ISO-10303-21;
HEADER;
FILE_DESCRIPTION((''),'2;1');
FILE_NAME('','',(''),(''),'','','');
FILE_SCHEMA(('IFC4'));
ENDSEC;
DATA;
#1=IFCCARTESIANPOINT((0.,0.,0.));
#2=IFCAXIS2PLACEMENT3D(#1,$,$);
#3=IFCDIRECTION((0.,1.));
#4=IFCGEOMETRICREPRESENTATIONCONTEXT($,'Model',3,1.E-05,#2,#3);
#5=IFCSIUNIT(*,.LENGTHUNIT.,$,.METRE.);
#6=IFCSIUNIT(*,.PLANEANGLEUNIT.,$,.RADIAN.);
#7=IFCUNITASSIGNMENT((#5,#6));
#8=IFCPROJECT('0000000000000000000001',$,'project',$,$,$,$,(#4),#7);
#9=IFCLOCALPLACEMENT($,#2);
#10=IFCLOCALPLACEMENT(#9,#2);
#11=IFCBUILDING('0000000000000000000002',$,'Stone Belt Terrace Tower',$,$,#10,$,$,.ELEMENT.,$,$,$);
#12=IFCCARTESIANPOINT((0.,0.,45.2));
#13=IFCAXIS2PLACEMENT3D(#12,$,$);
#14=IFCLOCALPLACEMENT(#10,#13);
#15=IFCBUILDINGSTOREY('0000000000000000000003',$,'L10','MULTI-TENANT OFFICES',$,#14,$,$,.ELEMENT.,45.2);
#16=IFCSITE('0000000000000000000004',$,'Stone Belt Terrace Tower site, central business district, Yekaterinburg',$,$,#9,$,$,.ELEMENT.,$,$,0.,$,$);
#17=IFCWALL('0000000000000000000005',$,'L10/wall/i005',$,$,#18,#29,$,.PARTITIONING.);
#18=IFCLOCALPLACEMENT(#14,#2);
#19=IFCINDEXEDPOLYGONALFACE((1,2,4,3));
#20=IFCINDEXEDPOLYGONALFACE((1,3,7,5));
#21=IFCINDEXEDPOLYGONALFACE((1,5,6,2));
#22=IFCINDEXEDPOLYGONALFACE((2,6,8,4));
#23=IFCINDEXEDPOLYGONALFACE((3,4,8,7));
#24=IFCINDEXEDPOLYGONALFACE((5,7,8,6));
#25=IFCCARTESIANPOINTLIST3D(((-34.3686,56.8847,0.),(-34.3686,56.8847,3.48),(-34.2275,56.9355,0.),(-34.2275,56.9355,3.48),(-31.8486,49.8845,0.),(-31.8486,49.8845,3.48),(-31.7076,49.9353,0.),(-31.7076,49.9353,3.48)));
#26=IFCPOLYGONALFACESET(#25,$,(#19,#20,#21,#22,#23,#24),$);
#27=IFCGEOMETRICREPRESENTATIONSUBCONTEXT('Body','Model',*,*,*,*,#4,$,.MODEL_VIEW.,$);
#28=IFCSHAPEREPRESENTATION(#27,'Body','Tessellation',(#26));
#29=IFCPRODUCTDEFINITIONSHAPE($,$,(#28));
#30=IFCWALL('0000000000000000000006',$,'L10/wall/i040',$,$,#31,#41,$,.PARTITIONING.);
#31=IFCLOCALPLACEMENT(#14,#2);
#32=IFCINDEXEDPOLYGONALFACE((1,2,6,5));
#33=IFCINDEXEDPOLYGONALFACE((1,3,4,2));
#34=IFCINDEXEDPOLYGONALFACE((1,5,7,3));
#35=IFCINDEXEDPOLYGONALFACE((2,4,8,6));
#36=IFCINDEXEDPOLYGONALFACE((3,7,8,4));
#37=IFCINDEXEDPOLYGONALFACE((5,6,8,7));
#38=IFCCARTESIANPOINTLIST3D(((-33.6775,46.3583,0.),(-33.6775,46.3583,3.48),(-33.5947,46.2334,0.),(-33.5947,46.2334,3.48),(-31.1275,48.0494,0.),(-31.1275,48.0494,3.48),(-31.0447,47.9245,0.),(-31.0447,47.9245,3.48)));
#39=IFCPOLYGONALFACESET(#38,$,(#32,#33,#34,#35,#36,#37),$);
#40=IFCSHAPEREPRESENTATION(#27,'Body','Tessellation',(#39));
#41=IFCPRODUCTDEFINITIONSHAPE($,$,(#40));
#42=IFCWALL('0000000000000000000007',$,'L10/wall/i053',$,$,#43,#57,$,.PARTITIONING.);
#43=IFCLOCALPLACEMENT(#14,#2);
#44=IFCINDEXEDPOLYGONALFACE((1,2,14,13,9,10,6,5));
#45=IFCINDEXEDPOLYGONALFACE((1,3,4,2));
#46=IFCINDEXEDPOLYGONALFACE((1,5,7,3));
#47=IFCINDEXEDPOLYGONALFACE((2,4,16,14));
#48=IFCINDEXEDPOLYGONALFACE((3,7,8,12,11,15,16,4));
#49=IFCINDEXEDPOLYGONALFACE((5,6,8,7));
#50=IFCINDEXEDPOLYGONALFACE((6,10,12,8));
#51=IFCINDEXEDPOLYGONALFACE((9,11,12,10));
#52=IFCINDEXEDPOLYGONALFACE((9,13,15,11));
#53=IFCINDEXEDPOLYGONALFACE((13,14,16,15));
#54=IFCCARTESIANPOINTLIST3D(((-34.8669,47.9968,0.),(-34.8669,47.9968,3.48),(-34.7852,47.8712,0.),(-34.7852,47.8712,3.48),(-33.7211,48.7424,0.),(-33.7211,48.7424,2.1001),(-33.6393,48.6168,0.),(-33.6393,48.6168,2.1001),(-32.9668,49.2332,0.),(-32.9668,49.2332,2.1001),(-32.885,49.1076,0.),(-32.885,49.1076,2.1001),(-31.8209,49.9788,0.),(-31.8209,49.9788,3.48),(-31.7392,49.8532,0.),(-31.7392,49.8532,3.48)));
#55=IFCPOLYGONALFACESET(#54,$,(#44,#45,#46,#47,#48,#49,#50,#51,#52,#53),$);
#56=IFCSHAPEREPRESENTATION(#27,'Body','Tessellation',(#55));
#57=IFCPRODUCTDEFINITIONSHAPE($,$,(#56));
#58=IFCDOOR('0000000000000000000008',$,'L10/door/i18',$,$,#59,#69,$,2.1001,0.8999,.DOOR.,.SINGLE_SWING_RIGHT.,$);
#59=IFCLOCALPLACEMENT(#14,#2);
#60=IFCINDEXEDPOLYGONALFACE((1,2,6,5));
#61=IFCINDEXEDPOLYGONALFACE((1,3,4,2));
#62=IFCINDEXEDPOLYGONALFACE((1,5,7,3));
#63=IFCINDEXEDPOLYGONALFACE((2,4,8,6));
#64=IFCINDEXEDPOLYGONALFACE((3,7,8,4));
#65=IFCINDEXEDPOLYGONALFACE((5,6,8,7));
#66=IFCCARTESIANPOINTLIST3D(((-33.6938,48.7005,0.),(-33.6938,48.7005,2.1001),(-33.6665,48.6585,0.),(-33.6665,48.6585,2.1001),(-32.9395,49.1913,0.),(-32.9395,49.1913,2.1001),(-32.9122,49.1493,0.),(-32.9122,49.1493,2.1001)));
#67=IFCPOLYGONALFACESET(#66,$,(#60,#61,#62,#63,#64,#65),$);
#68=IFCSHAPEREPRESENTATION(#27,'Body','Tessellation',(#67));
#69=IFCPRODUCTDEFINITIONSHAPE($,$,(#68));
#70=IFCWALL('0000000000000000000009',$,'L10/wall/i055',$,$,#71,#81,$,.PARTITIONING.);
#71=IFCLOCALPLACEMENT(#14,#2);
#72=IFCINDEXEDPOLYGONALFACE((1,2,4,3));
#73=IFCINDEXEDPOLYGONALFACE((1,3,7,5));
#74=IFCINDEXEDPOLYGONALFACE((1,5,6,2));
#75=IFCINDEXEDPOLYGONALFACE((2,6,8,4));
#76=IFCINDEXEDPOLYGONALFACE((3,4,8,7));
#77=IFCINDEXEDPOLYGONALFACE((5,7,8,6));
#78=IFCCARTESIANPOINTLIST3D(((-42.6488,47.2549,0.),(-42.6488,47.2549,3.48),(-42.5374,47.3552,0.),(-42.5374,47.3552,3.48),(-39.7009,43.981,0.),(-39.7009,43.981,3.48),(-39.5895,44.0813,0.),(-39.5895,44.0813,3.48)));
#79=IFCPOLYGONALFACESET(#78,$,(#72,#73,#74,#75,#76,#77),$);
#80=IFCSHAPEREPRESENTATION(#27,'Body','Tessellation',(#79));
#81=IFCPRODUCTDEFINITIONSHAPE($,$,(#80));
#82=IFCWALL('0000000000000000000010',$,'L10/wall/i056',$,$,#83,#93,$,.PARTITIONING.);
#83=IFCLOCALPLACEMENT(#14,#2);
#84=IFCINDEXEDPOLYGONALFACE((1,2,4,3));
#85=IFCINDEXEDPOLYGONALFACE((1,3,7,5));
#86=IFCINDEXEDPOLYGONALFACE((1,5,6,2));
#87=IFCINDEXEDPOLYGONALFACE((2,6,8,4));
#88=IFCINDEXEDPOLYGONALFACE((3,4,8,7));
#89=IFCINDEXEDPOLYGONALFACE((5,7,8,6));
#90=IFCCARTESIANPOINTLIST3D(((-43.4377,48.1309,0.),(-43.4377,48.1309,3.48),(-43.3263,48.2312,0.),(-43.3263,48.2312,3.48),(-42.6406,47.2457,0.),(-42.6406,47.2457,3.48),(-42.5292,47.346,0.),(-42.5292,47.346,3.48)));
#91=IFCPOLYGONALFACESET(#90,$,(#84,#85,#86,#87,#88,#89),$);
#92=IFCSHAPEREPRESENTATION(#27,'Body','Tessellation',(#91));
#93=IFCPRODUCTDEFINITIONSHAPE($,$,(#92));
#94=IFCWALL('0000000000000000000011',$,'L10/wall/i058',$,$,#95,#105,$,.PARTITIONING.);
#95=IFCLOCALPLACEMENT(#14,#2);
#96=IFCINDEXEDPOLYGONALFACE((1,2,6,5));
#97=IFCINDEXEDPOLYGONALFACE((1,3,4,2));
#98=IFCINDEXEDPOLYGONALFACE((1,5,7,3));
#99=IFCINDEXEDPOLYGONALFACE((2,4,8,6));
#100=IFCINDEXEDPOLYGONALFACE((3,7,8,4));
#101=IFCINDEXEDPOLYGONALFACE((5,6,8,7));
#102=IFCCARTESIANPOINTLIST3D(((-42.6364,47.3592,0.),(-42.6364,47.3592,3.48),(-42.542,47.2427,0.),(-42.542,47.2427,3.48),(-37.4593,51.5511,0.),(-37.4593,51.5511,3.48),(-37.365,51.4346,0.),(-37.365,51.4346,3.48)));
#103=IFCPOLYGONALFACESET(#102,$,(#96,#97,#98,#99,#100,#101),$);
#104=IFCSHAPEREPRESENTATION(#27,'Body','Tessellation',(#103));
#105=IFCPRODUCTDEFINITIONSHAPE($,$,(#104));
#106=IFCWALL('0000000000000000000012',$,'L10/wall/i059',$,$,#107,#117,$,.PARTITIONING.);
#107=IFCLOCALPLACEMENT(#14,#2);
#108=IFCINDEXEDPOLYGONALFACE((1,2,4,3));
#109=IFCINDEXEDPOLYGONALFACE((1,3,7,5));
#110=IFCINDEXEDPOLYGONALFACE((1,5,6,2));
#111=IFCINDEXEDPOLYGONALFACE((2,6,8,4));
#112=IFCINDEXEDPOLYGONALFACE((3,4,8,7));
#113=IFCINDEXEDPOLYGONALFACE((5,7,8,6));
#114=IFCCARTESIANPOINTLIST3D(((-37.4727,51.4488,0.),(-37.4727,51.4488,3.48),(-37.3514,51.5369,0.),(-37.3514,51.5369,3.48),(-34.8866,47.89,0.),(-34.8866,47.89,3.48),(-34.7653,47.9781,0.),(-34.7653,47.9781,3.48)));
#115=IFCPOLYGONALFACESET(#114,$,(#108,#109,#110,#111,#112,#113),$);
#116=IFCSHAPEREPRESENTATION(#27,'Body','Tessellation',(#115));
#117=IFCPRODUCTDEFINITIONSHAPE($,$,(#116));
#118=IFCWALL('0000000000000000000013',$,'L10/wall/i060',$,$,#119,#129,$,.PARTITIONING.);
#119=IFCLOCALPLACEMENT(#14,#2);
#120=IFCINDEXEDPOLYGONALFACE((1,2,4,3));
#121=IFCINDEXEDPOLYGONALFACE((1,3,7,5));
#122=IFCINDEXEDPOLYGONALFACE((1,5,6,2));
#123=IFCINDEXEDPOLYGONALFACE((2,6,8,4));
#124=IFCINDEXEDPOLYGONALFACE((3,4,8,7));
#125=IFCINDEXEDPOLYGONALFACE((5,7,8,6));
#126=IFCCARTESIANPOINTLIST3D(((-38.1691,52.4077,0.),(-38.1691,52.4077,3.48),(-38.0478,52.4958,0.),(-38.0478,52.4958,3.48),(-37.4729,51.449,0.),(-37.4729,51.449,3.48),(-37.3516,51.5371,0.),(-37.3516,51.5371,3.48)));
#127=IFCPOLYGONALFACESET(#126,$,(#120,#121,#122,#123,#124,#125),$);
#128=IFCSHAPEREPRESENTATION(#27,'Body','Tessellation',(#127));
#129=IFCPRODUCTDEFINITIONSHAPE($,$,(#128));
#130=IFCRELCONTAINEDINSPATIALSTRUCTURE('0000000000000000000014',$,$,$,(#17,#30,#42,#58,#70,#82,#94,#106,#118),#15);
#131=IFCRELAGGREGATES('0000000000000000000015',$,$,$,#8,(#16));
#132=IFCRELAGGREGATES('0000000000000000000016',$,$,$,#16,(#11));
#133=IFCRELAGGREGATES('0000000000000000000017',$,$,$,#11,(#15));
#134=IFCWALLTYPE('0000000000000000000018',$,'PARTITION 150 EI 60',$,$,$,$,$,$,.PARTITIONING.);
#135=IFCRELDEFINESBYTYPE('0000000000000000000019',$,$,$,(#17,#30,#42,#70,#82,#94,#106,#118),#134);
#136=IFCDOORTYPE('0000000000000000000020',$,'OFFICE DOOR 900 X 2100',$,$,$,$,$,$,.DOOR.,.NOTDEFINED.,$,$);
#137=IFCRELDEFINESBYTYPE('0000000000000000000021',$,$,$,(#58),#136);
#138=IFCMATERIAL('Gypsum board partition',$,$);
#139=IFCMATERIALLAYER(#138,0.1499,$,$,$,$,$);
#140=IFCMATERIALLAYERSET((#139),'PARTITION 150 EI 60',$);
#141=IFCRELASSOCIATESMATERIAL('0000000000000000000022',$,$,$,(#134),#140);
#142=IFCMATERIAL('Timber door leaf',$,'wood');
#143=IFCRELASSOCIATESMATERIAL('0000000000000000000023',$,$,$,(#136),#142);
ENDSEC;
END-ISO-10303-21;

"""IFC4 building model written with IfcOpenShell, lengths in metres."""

from ifc_helpers import new_model, si_unit, direction, frame, frame_2d, origin, place, context, subcontext, project, spatial, rectangle, extrude, material, layer, layer_set, type_object, element, fill, save


model = new_model("IFC4")

# Units and contexts
model_context = context("Model", 3, precision=1e-05, world=origin(), true_north=direction((0.0, 1.0)))
body_context = subcontext(model_context, "Body", "Model", "MODEL_VIEW")
ifc_project = project(units=[si_unit("LENGTHUNIT", "METRE"), si_unit("PLANEANGLEUNIT", "RADIAN")], contexts=[model_context])

# Site, building, storey
site_placement = place(None, origin())
site = spatial("IfcSite", under=ifc_project, at=site_placement, Name="Stone Belt Terrace Tower site, central business district, Yekaterinburg", CompositionType="ELEMENT", RefElevation=0.0)
building_placement = place(site_placement, origin())
building = spatial("IfcBuilding", under=site, at=building_placement, Name="Stone Belt Terrace Tower", CompositionType="ELEMENT")
storey_placement = place(building_placement, frame((0.0, 0.0, 45.2)))
storey = spatial("IfcBuildingStorey", under=building, at=storey_placement, Name="L10", Description="MULTI-TENANT OFFICES", CompositionType="ELEMENT", Elevation=45.2)

# Shared definitions
ifc_material_1 = material(Name="Gypsum board partition")
ifc_layer_1 = layer(ifc_material_1, 0.1499)
ifc_layer_set_1 = layer_set([ifc_layer_1], Name="PARTITION 150 EI 60")
wall_type = type_object("IfcWallType", Name="PARTITION 150 EI 60", PredefinedType="PARTITIONING", material=ifc_layer_set_1)

# Shared definitions
ifc_material_2 = material(Name="Timber door leaf", Category="wood")

# Walls
wall_1_placement = place(storey_placement, frame((-31.7781, 49.9099, 0.0), z_axis=(0.0, 0.0, 1.0), x_axis=(-0.338711, 0.94089, 0.0)))
element("IfcWall", 1, at=wall_1_placement, inside=storey, type_object=wall_type, Name="L10/wall/i005", PredefinedType="PARTITIONING", context=body_context, shape_type="SweptSolid", body=[
    extrude(rectangle(XDim=7.4399, YDim=0.1499, at=frame_2d((3.72, 0.0))), origin(), (0.0, 0.0, 1.0), 3.48),
])
wall_2_placement = place(storey_placement, frame((-33.636, 46.2959, 0.0), z_axis=(0.0, 0.0, 1.0), x_axis=(0.833386, 0.552692, 0.0)))
element("IfcWall", 2, at=wall_2_placement, inside=storey, type_object=wall_type, Name="L10/wall/i040", PredefinedType="PARTITIONING", context=body_context, shape_type="SweptSolid", body=[
    extrude(rectangle(XDim=3.0598, YDim=0.1499, at=frame_2d((1.5298, 0.0))), origin(), (0.0, 0.0, 1.0), 3.48),
])

# Wall, opening, door
wall_3_placement = place(storey_placement, frame((-34.8259, 47.9341, 0.0), z_axis=(0.0, 0.0, 1.0), x_axis=(0.83818, 0.545394, 0.0)))
wall_3 = element("IfcWall", 3, at=wall_3_placement, inside=storey, type_object=wall_type, Name="L10/wall/i053", PredefinedType="PARTITIONING", context=body_context, shape_type="SweptSolid", body=[
    extrude(rectangle(XDim=3.634, YDim=0.1499, at=frame_2d((1.8169, 0.0))), origin(), (0.0, 0.0, 1.0), 3.48),
])
opening_1_placement = place(wall_3_placement, frame((1.3669, 0.0, 0.0)))
opening_1 = element("IfcOpeningElement", 4, at=opening_1_placement, cuts=wall_3, PredefinedType="OPENING", context=body_context, shape_type="SweptSolid", body=[
    extrude(rectangle(XDim=0.8999, YDim=2.1001, at=frame_2d((0.45, 1.05))), frame((0.0, 0.085, 0.0), z_axis=(0.0, -1.0, 0.0), x_axis=(1.0, 0.0, 0.0)), (0.0, 0.0, 1.0), 0.1699),
])
door_type_1 = type_object("IfcDoorType", Name="OFFICE DOOR 900 X 2100", OperationType="NOTDEFINED", PredefinedType="DOOR", material=ifc_material_2)
door_1_placement = place(opening_1_placement, origin())
door_1 = element("IfcDoor", 5, at=door_1_placement, inside=storey, type_object=door_type_1, Name="L10/door/i18", OperationType="SINGLE_SWING_RIGHT", OverallHeight=2.1001, OverallWidth=0.8999, PredefinedType="DOOR", context=body_context, shape_type="SweptSolid", body=[
    extrude(rectangle(XDim=0.8999, YDim=2.1001, at=frame_2d((0.45, 1.05))), frame((0.0, 0.0249, 0.0), z_axis=(0.0, -1.0, 0.0), x_axis=(1.0, 0.0, 0.0)), (0.0, 0.0, 1.0), 0.05),
])
fill(opening_1, door_1)

# Walls
wall_4_placement = place(storey_placement, frame((-42.593, 47.3049, 0.0), z_axis=(0.0, 0.0, 1.0), x_axis=(0.669148, -0.743129, 0.0)))
element("IfcWall", 6, at=wall_4_placement, inside=storey, type_object=wall_type, Name="L10/wall/i055", PredefinedType="PARTITIONING", context=body_context, shape_type="SweptSolid", body=[
    extrude(rectangle(XDim=4.4055, YDim=0.1499, at=frame_2d((2.2026, 0.0))), origin(), (0.0, 0.0, 1.0), 3.48),
])
wall_5_placement = place(storey_placement, frame((-43.3821, 48.1812, 0.0), z_axis=(0.0, 0.0, 1.0), x_axis=(0.669146, -0.743131, 0.0)))
element("IfcWall", 7, at=wall_5_placement, inside=storey, type_object=wall_type, Name="L10/wall/i056", PredefinedType="PARTITIONING", context=body_context, shape_type="SweptSolid", body=[
    extrude(rectangle(XDim=1.1912, YDim=0.1499, at=frame_2d((0.5957, 0.0))), origin(), (0.0, 0.0, 1.0), 3.48),
])
wall_6_placement = place(storey_placement, frame((-42.5891, 47.301, 0.0), z_axis=(0.0, 0.0, 1.0), x_axis=(0.777172, 0.629288, 0.0)))
element("IfcWall", 8, at=wall_6_placement, inside=storey, type_object=wall_type, Name="L10/wall/i058", PredefinedType="PARTITIONING", context=body_context, shape_type="SweptSolid", body=[
    extrude(rectangle(XDim=6.6614, YDim=0.1499, at=frame_2d((3.3306, 0.0))), origin(), (0.0, 0.0, 1.0), 3.48),
])
wall_7_placement = place(storey_placement, frame((-37.4121, 51.4929, 0.0), z_axis=(0.0, 0.0, 1.0), x_axis=(0.587865, -0.808959, 0.0)))
element("IfcWall", 9, at=wall_7_placement, inside=storey, type_object=wall_type, Name="L10/wall/i059", PredefinedType="PARTITIONING", context=body_context, shape_type="SweptSolid", body=[
    extrude(rectangle(XDim=4.3992, YDim=0.1499, at=frame_2d((2.1997, 0.0))), origin(), (0.0, 0.0, 1.0), 3.48),
])
wall_8_placement = place(storey_placement, frame((-38.1084, 52.4517, 0.0), z_axis=(0.0, 0.0, 1.0), x_axis=(0.587633, -0.809128, 0.0)))
element("IfcWall", 10, at=wall_8_placement, inside=storey, type_object=wall_type, Name="L10/wall/i060", PredefinedType="PARTITIONING", context=body_context, shape_type="SweptSolid", body=[
    extrude(rectangle(XDim=1.1848, YDim=0.1499, at=frame_2d((0.5923, 0.0))), origin(), (0.0, 0.0, 1.0), 3.48),
])

save(model, "model.ifc")
